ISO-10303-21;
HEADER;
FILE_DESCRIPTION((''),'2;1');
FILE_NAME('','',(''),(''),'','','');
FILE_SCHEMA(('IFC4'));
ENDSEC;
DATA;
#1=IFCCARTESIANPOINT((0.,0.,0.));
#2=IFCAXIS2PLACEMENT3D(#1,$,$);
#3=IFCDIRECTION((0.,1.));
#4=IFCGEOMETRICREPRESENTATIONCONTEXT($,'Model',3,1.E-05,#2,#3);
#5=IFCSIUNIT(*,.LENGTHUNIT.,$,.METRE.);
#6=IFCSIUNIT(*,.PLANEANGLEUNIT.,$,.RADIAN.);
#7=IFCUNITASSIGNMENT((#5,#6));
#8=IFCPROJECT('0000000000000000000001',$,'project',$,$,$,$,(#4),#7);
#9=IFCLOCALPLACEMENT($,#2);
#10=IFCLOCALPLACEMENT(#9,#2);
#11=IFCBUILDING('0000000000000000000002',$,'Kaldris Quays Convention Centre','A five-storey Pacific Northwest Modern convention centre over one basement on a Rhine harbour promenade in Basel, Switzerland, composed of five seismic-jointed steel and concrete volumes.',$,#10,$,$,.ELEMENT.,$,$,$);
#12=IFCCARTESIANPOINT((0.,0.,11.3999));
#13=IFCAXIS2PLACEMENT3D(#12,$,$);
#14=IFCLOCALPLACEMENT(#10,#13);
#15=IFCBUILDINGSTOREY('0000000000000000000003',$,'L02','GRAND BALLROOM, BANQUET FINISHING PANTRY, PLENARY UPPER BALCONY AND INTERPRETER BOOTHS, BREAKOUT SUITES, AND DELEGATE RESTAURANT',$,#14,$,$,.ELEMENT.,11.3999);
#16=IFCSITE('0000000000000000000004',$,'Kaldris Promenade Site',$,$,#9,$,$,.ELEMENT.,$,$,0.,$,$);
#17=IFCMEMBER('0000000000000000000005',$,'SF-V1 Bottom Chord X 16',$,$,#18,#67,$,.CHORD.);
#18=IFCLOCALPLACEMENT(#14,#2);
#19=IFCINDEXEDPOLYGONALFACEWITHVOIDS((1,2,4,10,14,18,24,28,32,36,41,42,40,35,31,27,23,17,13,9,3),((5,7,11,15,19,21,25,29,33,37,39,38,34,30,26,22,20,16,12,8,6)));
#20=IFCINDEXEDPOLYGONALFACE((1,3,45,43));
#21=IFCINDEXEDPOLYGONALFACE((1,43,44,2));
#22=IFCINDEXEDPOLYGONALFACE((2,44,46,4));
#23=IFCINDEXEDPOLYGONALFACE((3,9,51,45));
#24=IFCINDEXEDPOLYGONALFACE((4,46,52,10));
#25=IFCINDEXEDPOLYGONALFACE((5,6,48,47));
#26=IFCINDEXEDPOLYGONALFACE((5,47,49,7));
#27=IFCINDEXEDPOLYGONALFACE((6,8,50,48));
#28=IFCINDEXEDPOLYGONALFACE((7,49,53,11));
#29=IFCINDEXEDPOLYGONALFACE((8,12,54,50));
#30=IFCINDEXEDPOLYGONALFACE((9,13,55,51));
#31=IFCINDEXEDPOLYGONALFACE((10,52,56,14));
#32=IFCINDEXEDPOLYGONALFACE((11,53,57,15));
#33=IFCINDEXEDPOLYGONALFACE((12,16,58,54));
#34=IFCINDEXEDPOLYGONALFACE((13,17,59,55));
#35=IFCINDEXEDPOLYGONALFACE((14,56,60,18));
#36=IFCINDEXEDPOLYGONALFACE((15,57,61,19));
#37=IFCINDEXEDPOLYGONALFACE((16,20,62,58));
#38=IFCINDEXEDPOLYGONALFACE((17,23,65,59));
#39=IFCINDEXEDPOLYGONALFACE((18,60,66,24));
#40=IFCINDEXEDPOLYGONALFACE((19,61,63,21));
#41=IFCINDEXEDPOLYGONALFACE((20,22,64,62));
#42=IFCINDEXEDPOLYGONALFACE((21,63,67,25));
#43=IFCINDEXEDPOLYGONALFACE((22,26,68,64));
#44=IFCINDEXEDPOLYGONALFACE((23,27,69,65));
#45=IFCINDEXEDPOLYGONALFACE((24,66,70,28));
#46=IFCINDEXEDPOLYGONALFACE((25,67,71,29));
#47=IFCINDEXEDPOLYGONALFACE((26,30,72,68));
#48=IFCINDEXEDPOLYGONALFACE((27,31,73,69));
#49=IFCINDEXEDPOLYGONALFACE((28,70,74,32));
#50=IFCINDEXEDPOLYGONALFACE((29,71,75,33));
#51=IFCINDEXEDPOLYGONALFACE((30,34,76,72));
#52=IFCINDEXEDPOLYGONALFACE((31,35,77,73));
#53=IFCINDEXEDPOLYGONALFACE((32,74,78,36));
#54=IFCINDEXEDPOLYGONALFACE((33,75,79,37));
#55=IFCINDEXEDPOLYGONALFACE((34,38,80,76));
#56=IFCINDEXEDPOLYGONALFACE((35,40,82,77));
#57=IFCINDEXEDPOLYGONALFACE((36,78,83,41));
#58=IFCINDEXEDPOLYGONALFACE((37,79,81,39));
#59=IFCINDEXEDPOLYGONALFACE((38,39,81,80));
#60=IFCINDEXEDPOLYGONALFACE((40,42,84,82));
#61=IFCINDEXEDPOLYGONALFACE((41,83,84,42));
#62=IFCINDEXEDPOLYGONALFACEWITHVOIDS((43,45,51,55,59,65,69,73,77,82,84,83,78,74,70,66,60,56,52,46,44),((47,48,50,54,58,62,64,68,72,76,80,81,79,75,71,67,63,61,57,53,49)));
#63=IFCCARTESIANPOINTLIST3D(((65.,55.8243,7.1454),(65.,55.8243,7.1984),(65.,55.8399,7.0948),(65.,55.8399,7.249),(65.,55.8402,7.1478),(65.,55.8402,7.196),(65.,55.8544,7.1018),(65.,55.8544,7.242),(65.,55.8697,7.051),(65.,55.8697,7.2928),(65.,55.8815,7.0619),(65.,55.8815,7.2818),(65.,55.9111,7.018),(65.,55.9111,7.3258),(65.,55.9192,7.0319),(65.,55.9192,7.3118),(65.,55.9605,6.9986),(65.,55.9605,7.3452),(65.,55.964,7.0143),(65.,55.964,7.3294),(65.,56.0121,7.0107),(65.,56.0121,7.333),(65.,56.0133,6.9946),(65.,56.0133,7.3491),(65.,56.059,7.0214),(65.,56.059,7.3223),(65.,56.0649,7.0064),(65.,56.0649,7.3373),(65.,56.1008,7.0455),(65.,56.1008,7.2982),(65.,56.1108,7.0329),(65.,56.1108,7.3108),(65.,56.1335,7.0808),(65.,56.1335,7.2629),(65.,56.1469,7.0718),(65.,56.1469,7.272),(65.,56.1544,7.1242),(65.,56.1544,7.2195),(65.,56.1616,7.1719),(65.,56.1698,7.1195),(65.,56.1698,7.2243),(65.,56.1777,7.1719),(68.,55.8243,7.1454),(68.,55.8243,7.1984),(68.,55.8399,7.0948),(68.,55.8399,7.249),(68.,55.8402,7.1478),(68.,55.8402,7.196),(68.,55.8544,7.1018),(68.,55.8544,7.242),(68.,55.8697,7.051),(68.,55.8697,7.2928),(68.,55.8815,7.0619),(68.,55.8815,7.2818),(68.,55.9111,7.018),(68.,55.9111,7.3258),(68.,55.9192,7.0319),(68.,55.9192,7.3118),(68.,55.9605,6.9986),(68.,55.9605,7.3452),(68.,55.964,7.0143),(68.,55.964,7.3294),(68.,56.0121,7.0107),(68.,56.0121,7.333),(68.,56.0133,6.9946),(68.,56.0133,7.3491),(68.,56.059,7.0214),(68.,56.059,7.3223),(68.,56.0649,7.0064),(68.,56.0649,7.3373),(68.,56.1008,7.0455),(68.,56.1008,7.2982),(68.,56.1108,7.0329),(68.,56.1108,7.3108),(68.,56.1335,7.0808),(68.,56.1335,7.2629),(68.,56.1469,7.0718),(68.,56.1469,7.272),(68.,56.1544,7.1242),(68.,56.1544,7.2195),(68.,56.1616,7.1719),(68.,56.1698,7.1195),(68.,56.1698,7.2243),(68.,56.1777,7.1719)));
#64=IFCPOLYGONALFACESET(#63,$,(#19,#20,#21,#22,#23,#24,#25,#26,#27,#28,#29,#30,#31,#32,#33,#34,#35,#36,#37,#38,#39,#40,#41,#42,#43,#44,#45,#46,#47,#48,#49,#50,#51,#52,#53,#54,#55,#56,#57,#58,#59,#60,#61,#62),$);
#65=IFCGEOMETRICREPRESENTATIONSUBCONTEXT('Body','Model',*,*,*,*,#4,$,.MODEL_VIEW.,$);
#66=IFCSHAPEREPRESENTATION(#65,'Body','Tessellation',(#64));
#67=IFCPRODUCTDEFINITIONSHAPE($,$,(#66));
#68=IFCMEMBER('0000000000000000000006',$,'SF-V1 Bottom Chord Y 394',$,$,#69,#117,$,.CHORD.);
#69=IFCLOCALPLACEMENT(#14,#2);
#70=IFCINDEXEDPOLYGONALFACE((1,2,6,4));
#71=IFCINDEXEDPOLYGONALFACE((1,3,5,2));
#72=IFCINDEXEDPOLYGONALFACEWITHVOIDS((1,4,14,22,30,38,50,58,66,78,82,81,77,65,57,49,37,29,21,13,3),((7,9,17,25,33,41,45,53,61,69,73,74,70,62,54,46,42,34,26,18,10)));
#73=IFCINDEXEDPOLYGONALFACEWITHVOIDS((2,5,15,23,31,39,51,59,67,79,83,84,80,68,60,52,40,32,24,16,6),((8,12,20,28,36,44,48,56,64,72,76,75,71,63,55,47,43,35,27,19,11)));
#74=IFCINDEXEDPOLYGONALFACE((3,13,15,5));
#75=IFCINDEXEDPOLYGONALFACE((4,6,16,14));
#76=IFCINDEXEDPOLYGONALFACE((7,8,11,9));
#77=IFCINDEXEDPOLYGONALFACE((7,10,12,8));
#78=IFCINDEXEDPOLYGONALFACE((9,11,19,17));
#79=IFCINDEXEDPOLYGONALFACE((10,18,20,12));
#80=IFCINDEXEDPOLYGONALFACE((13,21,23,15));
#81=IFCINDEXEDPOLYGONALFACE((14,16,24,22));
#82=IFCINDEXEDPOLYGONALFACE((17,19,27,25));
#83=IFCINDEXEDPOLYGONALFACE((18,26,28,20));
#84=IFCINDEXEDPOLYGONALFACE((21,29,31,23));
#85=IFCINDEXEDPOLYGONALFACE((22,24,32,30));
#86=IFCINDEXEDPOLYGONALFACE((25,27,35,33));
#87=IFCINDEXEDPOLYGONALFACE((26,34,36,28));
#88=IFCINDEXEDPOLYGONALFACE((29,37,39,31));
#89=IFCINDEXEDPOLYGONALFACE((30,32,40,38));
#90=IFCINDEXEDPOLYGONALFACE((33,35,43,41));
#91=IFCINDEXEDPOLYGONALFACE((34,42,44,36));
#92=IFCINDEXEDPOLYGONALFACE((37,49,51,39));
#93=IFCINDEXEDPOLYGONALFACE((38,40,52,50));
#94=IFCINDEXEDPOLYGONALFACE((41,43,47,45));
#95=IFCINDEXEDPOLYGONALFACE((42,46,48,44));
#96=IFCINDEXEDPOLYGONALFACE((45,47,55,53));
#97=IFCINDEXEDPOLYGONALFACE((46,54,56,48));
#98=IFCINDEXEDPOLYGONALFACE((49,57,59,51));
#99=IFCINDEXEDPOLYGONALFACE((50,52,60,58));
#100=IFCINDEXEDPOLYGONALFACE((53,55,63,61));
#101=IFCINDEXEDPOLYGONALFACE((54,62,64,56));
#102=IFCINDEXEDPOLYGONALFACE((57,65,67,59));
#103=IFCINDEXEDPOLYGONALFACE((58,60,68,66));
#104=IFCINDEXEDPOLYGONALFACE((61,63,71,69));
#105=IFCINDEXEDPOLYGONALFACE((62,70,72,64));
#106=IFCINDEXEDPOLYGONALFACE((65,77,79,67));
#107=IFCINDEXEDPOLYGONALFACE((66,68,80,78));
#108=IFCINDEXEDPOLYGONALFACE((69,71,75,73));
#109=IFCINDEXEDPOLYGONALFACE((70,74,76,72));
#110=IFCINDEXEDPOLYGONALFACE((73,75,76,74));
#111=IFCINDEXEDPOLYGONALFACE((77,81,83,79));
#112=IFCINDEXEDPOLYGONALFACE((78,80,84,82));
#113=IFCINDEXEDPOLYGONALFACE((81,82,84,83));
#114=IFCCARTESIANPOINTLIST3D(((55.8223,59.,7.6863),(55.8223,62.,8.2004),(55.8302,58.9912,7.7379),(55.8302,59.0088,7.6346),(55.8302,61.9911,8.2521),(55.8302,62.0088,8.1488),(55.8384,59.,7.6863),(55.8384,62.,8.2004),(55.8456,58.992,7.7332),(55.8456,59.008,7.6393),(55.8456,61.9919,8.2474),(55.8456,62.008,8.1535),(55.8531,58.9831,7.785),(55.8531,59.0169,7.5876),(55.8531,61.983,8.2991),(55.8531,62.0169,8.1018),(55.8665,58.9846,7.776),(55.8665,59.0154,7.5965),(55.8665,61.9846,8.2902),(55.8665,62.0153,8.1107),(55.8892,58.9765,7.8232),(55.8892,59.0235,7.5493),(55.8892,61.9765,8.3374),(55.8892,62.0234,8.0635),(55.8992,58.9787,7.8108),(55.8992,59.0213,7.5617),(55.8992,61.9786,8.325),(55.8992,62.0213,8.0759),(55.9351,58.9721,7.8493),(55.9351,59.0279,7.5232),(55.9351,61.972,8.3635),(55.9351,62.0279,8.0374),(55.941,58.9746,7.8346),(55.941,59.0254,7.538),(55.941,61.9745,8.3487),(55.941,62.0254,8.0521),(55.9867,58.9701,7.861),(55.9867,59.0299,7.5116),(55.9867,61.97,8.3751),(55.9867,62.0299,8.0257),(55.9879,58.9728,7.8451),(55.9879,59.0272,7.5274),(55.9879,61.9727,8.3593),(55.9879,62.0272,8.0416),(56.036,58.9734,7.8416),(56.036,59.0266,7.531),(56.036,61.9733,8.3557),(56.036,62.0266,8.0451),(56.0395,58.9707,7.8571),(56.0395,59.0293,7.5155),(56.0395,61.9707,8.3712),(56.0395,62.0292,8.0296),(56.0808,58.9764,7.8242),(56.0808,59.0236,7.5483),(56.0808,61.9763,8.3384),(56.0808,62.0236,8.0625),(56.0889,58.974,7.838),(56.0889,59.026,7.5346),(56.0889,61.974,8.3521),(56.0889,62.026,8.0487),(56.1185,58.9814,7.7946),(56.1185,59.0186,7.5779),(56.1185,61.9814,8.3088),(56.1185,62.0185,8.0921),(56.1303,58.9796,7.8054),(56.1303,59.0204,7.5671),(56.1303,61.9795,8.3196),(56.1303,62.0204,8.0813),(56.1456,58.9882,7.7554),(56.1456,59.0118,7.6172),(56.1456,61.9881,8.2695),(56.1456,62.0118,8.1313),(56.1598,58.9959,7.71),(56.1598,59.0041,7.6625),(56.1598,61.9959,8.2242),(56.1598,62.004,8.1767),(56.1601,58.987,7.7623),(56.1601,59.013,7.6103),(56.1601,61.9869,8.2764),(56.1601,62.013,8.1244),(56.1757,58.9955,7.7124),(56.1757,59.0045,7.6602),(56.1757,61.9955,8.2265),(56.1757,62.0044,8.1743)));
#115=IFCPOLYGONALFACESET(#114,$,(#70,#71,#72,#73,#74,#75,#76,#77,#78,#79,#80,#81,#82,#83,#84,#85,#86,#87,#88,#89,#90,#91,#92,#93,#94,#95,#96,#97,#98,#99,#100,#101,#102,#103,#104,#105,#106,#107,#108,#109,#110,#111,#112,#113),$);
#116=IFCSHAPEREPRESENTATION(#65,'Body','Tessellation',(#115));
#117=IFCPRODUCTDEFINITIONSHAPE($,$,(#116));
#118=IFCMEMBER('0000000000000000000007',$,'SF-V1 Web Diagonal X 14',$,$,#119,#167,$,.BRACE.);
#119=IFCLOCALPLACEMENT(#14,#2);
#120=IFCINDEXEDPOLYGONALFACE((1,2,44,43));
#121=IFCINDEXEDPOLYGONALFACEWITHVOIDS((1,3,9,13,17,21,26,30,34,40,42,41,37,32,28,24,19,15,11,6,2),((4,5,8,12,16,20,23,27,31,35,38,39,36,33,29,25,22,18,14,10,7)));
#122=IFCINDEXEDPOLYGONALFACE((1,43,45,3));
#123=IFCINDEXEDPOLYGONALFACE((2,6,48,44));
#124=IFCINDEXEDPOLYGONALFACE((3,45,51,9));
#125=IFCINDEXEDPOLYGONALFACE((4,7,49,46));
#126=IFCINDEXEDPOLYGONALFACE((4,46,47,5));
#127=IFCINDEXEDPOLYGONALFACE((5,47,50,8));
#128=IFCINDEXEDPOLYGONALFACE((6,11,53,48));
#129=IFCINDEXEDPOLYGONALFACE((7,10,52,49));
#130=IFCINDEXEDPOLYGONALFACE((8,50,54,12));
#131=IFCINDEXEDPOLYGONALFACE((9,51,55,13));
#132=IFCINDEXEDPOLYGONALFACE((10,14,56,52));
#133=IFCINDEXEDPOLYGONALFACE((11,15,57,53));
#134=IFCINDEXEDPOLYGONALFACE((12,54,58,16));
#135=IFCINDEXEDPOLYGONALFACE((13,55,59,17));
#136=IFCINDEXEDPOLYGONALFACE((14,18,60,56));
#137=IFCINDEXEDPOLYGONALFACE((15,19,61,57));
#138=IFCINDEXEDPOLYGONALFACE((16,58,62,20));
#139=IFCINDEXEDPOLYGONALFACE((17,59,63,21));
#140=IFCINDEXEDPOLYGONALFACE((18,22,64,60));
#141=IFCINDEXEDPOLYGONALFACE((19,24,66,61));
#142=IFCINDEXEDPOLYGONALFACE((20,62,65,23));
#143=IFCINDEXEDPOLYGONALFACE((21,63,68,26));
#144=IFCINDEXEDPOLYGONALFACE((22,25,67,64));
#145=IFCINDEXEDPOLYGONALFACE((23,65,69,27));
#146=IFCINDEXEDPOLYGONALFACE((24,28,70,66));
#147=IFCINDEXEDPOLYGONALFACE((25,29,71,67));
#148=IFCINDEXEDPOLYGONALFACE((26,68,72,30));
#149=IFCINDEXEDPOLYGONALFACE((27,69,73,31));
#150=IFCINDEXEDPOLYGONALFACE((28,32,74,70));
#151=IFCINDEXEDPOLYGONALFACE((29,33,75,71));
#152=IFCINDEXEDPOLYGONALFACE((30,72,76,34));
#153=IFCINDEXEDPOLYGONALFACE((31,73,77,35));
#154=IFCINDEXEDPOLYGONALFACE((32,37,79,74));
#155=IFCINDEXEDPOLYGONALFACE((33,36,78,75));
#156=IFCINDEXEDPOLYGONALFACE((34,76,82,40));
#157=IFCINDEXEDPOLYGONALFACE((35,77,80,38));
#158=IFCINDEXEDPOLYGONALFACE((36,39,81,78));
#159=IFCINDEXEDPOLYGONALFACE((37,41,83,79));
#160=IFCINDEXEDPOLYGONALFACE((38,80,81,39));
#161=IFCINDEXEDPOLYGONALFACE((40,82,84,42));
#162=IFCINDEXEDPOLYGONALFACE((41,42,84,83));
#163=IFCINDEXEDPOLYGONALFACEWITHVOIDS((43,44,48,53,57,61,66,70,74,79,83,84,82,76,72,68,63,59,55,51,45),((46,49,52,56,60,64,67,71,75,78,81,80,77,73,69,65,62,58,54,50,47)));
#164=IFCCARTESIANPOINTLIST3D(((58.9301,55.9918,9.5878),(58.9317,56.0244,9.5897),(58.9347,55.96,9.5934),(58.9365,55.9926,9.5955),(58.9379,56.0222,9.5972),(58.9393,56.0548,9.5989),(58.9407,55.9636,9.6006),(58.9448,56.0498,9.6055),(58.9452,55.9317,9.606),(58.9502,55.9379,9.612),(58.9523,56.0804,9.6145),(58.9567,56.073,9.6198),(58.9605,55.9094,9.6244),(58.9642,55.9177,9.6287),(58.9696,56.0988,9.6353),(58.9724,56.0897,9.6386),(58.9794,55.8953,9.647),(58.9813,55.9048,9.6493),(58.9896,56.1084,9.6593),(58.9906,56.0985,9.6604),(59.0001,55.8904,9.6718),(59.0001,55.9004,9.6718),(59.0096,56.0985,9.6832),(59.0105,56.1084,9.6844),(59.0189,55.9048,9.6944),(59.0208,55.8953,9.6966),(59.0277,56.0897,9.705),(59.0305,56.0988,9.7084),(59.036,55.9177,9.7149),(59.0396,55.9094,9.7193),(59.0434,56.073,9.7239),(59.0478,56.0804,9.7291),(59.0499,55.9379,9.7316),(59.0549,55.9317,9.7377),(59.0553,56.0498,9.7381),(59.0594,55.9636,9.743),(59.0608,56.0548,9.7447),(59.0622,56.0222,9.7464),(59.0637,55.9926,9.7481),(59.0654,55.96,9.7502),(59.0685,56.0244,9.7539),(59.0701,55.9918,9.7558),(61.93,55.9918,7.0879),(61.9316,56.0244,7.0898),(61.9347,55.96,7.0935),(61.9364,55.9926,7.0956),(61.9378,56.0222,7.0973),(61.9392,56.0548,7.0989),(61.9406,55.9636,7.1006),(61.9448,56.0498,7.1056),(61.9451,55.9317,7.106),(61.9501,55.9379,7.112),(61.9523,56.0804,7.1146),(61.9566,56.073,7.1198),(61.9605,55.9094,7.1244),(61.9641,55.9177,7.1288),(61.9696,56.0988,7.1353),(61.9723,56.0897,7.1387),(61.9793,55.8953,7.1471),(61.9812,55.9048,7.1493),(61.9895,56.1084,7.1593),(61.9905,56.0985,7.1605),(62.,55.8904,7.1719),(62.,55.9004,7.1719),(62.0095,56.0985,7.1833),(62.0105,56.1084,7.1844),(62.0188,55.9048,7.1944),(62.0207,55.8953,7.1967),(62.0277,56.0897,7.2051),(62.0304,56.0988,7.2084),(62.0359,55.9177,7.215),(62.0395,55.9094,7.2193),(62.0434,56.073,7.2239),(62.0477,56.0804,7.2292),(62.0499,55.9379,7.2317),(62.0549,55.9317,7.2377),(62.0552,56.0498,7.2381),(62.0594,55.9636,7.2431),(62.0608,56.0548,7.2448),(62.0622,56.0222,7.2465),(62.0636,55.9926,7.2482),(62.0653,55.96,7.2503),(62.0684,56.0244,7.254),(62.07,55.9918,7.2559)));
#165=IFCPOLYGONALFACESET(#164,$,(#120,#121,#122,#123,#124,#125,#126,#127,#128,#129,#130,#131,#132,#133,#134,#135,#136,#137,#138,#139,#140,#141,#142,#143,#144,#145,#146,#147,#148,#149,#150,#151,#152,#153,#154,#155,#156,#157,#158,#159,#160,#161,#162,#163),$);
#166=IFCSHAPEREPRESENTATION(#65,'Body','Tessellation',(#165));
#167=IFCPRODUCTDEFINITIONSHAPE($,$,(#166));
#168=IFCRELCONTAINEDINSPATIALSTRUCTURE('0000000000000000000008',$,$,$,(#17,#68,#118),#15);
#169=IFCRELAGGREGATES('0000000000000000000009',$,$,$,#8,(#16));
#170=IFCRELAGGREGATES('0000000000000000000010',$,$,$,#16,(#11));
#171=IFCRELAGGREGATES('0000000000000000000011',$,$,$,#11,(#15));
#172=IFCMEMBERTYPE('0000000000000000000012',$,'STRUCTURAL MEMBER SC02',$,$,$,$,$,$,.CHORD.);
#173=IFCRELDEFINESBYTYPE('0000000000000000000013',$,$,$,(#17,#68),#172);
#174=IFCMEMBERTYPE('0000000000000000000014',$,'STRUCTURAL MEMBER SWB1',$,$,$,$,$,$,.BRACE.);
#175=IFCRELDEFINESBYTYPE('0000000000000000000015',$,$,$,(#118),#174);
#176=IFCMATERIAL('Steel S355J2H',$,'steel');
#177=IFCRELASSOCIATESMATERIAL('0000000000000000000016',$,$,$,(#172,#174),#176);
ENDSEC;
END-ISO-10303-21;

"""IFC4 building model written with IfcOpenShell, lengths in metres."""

from ifc_helpers import new_model, si_unit, direction, frame, origin, origin_2d, place, context, subcontext, project, spatial, hollow_circle, extrude, material, material_profile, profile_set, type_object, element, save


model = new_model("IFC4")

# Units and contexts
model_context = context("Model", 3, precision=1e-05, world=origin(), true_north=direction((0.0, 1.0)))
body_context = subcontext(model_context, "Body", "Model", "MODEL_VIEW")
ifc_project = project(units=[si_unit("LENGTHUNIT", "METRE"), si_unit("PLANEANGLEUNIT", "RADIAN")], contexts=[model_context])

# Site, building, storey
site_placement = place(None, origin())
site = spatial("IfcSite", under=ifc_project, at=site_placement, Name="Kaldris Promenade Site", CompositionType="ELEMENT", RefElevation=0.0)
building_placement = place(site_placement, origin())
building = spatial("IfcBuilding", under=site, at=building_placement, Name="Kaldris Quays Convention Centre", Description="A five-storey Pacific Northwest Modern convention centre over one basement on a Rhine harbour promenade in Basel, Switzerland, composed of five seismic-jointed steel and concrete volumes.", CompositionType="ELEMENT")
storey_placement = place(building_placement, frame((0.0, 0.0, 11.3999)))
storey = spatial("IfcBuildingStorey", under=building, at=storey_placement, Name="L02", Description="GRAND BALLROOM, BANQUET FINISHING PANTRY, PLENARY UPPER BALCONY AND INTERPRETER BOOTHS, BREAKOUT SUITES, AND DELEGATE RESTAURANT", CompositionType="ELEMENT", Elevation=11.3999)

# Members
ifc_material_1 = material(Name="Steel S355J2H", Category="steel")
ifc_material_profile_1 = material_profile(ifc_material_1, hollow_circle(Radius=0.1777, WallThickness=0.0161, at=origin_2d()), Name="CHS 355.6x16")
ifc_profile_set_1 = profile_set([ifc_material_profile_1], Name="Steel S355J2H")
member_type_1 = type_object("IfcMemberType", Name="STRUCTURAL MEMBER SC02", PredefinedType="CHORD", material=ifc_profile_set_1)
for number, where, z_axis, x_axis, name in (
    (1, (65.0, 56.0, 7.1719), (1.0, 0.0, 0.0), (0.0, 1.0, 0.0), "SF-V1 Bottom Chord X 16"),
):
    element("IfcMember", number, at=place(storey_placement, frame(where, z_axis=z_axis, x_axis=x_axis)), inside=storey, type_object=member_type_1, Name=name, PredefinedType="CHORD", context=body_context, shape_type="SweptSolid", body=[
        extrude(hollow_circle(Radius=0.1777, WallThickness=0.0161, at=origin_2d()), origin(), (0.0, 0.0, 1.0), 3.0),
    ])
member_1_placement = place(storey_placement, frame((56.0, 59.0, 7.6863), z_axis=(0.0, 0.985629, 0.168924), x_axis=(-1.0, 0.0, 0.0)))
element("IfcMember", 2, at=member_1_placement, inside=storey, type_object=member_type_1, Name="SF-V1 Bottom Chord Y 394", PredefinedType="CHORD", context=body_context, shape_type="SweptSolid", body=[
    extrude(hollow_circle(Radius=0.1777, WallThickness=0.0161, at=origin_2d()), origin(), (0.0, 0.0, 1.0), 3.0437),
])
ifc_material_profile_2 = material_profile(ifc_material_1, hollow_circle(Radius=0.1096, WallThickness=0.01, at=origin_2d()), Name="CHS 219.1x10")
ifc_profile_set_2 = profile_set([ifc_material_profile_2], Name="Steel S355J2H")
member_type_2 = type_object("IfcMemberType", Name="STRUCTURAL MEMBER SWB1", PredefinedType="BRACE", material=ifc_profile_set_2)
member_2_placement = place(storey_placement, frame((62.0, 56.0, 7.1719), z_axis=(-0.768221, 0.0, 0.640184), x_axis=(0.0, -1.0, 0.0)))
element("IfcMember", 3, at=member_2_placement, inside=storey, type_object=member_type_2, Name="SF-V1 Web Diagonal X 14", PredefinedType="BRACE", context=body_context, shape_type="SweptSolid", body=[
    extrude(hollow_circle(Radius=0.1096, WallThickness=0.01, at=origin_2d()), origin(), (0.0, 0.0, 1.0), 3.905),
])

save(model, "model.ifc")
